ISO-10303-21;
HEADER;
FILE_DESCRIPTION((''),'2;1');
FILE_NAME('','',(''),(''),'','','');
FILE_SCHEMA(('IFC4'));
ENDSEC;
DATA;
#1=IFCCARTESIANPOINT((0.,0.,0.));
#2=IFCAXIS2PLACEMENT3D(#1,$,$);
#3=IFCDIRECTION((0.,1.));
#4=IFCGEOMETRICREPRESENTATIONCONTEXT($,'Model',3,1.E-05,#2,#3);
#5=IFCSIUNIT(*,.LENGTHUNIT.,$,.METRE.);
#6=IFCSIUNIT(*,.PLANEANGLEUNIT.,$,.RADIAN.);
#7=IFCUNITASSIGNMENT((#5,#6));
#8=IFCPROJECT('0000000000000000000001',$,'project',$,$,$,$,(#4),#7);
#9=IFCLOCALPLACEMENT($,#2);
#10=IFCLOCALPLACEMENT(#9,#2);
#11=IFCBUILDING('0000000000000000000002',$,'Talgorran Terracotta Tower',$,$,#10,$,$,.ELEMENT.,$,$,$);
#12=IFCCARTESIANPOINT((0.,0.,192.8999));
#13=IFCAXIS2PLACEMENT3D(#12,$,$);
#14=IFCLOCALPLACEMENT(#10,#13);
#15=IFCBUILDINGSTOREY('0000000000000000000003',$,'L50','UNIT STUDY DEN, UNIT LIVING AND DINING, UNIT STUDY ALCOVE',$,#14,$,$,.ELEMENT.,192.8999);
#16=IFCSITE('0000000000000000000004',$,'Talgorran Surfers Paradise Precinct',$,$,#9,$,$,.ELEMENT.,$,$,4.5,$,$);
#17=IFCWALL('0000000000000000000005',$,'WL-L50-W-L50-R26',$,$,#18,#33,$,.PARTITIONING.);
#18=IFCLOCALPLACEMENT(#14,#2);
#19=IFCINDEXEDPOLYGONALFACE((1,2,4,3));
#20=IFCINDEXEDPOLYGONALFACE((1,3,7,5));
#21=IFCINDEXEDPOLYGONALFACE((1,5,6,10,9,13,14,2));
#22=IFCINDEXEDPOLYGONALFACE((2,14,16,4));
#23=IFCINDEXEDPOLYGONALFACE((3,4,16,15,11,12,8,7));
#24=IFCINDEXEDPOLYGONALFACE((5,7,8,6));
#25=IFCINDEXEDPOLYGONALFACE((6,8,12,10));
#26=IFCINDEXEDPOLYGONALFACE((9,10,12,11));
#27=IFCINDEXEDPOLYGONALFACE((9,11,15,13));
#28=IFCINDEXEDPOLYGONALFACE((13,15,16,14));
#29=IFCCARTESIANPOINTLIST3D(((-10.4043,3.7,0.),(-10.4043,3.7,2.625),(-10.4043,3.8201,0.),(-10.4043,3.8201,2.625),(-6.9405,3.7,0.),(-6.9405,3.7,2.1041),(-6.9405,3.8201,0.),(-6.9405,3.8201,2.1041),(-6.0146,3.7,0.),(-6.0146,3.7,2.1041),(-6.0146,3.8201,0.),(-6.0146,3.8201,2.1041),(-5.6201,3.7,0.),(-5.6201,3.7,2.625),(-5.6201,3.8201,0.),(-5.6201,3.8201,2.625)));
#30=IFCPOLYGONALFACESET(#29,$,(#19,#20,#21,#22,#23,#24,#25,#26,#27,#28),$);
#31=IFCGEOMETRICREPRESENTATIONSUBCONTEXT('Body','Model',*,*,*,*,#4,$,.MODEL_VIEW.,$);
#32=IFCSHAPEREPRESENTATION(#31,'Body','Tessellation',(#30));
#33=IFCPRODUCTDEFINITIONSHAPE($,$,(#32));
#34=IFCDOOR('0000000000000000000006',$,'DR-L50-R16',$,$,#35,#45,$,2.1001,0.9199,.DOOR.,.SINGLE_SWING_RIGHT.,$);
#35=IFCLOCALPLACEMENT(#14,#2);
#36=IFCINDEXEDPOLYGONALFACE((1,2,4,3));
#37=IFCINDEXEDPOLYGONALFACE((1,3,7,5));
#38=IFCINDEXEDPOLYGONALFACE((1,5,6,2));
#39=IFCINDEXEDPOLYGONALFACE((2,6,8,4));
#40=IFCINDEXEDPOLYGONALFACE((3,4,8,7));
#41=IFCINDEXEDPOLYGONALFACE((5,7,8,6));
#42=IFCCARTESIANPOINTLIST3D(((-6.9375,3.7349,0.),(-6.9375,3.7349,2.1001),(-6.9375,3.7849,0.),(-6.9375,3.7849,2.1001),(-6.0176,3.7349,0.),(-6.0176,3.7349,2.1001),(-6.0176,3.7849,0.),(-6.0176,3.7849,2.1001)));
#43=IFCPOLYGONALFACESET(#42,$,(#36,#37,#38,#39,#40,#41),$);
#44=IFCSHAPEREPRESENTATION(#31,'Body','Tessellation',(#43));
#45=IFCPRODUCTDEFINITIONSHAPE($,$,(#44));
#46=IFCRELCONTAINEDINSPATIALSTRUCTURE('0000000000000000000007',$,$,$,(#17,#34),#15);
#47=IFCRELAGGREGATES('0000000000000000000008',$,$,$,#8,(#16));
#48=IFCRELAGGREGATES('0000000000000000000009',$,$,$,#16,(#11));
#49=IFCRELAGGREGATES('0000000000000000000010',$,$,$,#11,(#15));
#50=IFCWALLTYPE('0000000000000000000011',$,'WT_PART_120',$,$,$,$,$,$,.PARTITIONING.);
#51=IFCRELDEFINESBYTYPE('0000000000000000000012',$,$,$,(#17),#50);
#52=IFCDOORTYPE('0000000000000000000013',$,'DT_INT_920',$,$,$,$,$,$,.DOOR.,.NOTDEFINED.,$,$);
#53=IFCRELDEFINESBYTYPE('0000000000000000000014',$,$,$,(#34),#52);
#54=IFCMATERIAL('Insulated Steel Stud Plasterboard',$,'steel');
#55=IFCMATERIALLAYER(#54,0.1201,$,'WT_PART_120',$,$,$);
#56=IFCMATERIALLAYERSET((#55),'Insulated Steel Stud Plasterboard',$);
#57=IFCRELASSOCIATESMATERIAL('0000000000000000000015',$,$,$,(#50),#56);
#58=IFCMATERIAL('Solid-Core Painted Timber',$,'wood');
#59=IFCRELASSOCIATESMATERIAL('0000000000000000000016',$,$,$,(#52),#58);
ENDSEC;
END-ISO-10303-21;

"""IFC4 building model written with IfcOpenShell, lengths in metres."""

from ifc_helpers import new_model, si_unit, direction, frame, frame_2d, origin, place, context, subcontext, project, spatial, rectangle, extrude, material, layer, layer_set, type_object, element, fill, save


model = new_model("IFC4")

# Units and contexts
model_context = context("Model", 3, precision=1e-05, world=origin(), true_north=direction((0.0, 1.0)))
body_context = subcontext(model_context, "Body", "Model", "MODEL_VIEW")
ifc_project = project(units=[si_unit("LENGTHUNIT", "METRE"), si_unit("PLANEANGLEUNIT", "RADIAN")], contexts=[model_context])

# Site, building, storey
site_placement = place(None, origin())
site = spatial("IfcSite", under=ifc_project, at=site_placement, Name="Talgorran Surfers Paradise Precinct", CompositionType="ELEMENT", RefElevation=4.5)
building_placement = place(site_placement, origin())
building = spatial("IfcBuilding", under=site, at=building_placement, Name="Talgorran Terracotta Tower", CompositionType="ELEMENT")
storey_placement = place(building_placement, frame((0.0, 0.0, 192.8999)))
storey = spatial("IfcBuildingStorey", under=building, at=storey_placement, Name="L50", Description="UNIT STUDY DEN, UNIT LIVING AND DINING, UNIT STUDY ALCOVE", CompositionType="ELEMENT", Elevation=192.8999)

# Shared definitions
ifc_material_1 = material(Name="Insulated Steel Stud Plasterboard", Category="steel")
ifc_layer_1 = layer(ifc_material_1, 0.1201, Name="WT_PART_120")
ifc_layer_set_1 = layer_set([ifc_layer_1], Name="Insulated Steel Stud Plasterboard")
wall_type_1 = type_object("IfcWallType", Name="WT_PART_120", PredefinedType="PARTITIONING", material=ifc_layer_set_1)

# Wall, opening, door
ifc_material_2 = material(Name="Solid-Core Painted Timber", Category="wood")
door_type_1 = type_object("IfcDoorType", Name="DT_INT_920", OperationType="NOTDEFINED", PredefinedType="DOOR", material=ifc_material_2)
wall_1_placement = place(storey_placement, frame((-10.4043, 3.76, 0.0), z_axis=(0.0, 0.0, 1.0), x_axis=(1.0, 0.0, 0.0)))
wall_1 = element("IfcWall", 1, at=wall_1_placement, inside=storey, type_object=wall_type_1, Name="WL-L50-W-L50-R26", PredefinedType="PARTITIONING", context=body_context, shape_type="SweptSolid", body=[
    extrude(rectangle(XDim=4.7842, YDim=0.1201, at=frame_2d((2.3921, 0.0))), origin(), (0.0, 0.0, 1.0), 2.625),
])
opening_1_placement = place(wall_1_placement, frame((3.4668, 0.0, 0.0)))
opening_1 = element("IfcOpeningElement", 2, at=opening_1_placement, cuts=wall_1, PredefinedType="OPENING", context=body_context, shape_type="SweptSolid", body=[
    extrude(rectangle(XDim=0.9259, YDim=2.1041, at=frame_2d((0.46, 1.052))), frame((0.0, 0.0701, 0.0), z_axis=(0.0, -1.0, 0.0), x_axis=(1.0, 0.0, 0.0)), (0.0, 0.0, 1.0), 0.1401),
])
door_1_placement = place(opening_1_placement, origin())
door_1 = element("IfcDoor", 3, at=door_1_placement, inside=storey, type_object=door_type_1, Name="DR-L50-R16", OperationType="SINGLE_SWING_RIGHT", OverallHeight=2.1001, OverallWidth=0.9199, PredefinedType="DOOR", context=body_context, shape_type="SweptSolid", body=[
    extrude(rectangle(XDim=0.9199, YDim=2.1001, at=frame_2d((0.46, 1.05))), frame((0.0, 0.0249, 0.0), z_axis=(0.0, -1.0, 0.0), x_axis=(1.0, 0.0, 0.0)), (0.0, 0.0, 1.0), 0.05),
])
fill(opening_1, door_1)

save(model, "model.ifc")
